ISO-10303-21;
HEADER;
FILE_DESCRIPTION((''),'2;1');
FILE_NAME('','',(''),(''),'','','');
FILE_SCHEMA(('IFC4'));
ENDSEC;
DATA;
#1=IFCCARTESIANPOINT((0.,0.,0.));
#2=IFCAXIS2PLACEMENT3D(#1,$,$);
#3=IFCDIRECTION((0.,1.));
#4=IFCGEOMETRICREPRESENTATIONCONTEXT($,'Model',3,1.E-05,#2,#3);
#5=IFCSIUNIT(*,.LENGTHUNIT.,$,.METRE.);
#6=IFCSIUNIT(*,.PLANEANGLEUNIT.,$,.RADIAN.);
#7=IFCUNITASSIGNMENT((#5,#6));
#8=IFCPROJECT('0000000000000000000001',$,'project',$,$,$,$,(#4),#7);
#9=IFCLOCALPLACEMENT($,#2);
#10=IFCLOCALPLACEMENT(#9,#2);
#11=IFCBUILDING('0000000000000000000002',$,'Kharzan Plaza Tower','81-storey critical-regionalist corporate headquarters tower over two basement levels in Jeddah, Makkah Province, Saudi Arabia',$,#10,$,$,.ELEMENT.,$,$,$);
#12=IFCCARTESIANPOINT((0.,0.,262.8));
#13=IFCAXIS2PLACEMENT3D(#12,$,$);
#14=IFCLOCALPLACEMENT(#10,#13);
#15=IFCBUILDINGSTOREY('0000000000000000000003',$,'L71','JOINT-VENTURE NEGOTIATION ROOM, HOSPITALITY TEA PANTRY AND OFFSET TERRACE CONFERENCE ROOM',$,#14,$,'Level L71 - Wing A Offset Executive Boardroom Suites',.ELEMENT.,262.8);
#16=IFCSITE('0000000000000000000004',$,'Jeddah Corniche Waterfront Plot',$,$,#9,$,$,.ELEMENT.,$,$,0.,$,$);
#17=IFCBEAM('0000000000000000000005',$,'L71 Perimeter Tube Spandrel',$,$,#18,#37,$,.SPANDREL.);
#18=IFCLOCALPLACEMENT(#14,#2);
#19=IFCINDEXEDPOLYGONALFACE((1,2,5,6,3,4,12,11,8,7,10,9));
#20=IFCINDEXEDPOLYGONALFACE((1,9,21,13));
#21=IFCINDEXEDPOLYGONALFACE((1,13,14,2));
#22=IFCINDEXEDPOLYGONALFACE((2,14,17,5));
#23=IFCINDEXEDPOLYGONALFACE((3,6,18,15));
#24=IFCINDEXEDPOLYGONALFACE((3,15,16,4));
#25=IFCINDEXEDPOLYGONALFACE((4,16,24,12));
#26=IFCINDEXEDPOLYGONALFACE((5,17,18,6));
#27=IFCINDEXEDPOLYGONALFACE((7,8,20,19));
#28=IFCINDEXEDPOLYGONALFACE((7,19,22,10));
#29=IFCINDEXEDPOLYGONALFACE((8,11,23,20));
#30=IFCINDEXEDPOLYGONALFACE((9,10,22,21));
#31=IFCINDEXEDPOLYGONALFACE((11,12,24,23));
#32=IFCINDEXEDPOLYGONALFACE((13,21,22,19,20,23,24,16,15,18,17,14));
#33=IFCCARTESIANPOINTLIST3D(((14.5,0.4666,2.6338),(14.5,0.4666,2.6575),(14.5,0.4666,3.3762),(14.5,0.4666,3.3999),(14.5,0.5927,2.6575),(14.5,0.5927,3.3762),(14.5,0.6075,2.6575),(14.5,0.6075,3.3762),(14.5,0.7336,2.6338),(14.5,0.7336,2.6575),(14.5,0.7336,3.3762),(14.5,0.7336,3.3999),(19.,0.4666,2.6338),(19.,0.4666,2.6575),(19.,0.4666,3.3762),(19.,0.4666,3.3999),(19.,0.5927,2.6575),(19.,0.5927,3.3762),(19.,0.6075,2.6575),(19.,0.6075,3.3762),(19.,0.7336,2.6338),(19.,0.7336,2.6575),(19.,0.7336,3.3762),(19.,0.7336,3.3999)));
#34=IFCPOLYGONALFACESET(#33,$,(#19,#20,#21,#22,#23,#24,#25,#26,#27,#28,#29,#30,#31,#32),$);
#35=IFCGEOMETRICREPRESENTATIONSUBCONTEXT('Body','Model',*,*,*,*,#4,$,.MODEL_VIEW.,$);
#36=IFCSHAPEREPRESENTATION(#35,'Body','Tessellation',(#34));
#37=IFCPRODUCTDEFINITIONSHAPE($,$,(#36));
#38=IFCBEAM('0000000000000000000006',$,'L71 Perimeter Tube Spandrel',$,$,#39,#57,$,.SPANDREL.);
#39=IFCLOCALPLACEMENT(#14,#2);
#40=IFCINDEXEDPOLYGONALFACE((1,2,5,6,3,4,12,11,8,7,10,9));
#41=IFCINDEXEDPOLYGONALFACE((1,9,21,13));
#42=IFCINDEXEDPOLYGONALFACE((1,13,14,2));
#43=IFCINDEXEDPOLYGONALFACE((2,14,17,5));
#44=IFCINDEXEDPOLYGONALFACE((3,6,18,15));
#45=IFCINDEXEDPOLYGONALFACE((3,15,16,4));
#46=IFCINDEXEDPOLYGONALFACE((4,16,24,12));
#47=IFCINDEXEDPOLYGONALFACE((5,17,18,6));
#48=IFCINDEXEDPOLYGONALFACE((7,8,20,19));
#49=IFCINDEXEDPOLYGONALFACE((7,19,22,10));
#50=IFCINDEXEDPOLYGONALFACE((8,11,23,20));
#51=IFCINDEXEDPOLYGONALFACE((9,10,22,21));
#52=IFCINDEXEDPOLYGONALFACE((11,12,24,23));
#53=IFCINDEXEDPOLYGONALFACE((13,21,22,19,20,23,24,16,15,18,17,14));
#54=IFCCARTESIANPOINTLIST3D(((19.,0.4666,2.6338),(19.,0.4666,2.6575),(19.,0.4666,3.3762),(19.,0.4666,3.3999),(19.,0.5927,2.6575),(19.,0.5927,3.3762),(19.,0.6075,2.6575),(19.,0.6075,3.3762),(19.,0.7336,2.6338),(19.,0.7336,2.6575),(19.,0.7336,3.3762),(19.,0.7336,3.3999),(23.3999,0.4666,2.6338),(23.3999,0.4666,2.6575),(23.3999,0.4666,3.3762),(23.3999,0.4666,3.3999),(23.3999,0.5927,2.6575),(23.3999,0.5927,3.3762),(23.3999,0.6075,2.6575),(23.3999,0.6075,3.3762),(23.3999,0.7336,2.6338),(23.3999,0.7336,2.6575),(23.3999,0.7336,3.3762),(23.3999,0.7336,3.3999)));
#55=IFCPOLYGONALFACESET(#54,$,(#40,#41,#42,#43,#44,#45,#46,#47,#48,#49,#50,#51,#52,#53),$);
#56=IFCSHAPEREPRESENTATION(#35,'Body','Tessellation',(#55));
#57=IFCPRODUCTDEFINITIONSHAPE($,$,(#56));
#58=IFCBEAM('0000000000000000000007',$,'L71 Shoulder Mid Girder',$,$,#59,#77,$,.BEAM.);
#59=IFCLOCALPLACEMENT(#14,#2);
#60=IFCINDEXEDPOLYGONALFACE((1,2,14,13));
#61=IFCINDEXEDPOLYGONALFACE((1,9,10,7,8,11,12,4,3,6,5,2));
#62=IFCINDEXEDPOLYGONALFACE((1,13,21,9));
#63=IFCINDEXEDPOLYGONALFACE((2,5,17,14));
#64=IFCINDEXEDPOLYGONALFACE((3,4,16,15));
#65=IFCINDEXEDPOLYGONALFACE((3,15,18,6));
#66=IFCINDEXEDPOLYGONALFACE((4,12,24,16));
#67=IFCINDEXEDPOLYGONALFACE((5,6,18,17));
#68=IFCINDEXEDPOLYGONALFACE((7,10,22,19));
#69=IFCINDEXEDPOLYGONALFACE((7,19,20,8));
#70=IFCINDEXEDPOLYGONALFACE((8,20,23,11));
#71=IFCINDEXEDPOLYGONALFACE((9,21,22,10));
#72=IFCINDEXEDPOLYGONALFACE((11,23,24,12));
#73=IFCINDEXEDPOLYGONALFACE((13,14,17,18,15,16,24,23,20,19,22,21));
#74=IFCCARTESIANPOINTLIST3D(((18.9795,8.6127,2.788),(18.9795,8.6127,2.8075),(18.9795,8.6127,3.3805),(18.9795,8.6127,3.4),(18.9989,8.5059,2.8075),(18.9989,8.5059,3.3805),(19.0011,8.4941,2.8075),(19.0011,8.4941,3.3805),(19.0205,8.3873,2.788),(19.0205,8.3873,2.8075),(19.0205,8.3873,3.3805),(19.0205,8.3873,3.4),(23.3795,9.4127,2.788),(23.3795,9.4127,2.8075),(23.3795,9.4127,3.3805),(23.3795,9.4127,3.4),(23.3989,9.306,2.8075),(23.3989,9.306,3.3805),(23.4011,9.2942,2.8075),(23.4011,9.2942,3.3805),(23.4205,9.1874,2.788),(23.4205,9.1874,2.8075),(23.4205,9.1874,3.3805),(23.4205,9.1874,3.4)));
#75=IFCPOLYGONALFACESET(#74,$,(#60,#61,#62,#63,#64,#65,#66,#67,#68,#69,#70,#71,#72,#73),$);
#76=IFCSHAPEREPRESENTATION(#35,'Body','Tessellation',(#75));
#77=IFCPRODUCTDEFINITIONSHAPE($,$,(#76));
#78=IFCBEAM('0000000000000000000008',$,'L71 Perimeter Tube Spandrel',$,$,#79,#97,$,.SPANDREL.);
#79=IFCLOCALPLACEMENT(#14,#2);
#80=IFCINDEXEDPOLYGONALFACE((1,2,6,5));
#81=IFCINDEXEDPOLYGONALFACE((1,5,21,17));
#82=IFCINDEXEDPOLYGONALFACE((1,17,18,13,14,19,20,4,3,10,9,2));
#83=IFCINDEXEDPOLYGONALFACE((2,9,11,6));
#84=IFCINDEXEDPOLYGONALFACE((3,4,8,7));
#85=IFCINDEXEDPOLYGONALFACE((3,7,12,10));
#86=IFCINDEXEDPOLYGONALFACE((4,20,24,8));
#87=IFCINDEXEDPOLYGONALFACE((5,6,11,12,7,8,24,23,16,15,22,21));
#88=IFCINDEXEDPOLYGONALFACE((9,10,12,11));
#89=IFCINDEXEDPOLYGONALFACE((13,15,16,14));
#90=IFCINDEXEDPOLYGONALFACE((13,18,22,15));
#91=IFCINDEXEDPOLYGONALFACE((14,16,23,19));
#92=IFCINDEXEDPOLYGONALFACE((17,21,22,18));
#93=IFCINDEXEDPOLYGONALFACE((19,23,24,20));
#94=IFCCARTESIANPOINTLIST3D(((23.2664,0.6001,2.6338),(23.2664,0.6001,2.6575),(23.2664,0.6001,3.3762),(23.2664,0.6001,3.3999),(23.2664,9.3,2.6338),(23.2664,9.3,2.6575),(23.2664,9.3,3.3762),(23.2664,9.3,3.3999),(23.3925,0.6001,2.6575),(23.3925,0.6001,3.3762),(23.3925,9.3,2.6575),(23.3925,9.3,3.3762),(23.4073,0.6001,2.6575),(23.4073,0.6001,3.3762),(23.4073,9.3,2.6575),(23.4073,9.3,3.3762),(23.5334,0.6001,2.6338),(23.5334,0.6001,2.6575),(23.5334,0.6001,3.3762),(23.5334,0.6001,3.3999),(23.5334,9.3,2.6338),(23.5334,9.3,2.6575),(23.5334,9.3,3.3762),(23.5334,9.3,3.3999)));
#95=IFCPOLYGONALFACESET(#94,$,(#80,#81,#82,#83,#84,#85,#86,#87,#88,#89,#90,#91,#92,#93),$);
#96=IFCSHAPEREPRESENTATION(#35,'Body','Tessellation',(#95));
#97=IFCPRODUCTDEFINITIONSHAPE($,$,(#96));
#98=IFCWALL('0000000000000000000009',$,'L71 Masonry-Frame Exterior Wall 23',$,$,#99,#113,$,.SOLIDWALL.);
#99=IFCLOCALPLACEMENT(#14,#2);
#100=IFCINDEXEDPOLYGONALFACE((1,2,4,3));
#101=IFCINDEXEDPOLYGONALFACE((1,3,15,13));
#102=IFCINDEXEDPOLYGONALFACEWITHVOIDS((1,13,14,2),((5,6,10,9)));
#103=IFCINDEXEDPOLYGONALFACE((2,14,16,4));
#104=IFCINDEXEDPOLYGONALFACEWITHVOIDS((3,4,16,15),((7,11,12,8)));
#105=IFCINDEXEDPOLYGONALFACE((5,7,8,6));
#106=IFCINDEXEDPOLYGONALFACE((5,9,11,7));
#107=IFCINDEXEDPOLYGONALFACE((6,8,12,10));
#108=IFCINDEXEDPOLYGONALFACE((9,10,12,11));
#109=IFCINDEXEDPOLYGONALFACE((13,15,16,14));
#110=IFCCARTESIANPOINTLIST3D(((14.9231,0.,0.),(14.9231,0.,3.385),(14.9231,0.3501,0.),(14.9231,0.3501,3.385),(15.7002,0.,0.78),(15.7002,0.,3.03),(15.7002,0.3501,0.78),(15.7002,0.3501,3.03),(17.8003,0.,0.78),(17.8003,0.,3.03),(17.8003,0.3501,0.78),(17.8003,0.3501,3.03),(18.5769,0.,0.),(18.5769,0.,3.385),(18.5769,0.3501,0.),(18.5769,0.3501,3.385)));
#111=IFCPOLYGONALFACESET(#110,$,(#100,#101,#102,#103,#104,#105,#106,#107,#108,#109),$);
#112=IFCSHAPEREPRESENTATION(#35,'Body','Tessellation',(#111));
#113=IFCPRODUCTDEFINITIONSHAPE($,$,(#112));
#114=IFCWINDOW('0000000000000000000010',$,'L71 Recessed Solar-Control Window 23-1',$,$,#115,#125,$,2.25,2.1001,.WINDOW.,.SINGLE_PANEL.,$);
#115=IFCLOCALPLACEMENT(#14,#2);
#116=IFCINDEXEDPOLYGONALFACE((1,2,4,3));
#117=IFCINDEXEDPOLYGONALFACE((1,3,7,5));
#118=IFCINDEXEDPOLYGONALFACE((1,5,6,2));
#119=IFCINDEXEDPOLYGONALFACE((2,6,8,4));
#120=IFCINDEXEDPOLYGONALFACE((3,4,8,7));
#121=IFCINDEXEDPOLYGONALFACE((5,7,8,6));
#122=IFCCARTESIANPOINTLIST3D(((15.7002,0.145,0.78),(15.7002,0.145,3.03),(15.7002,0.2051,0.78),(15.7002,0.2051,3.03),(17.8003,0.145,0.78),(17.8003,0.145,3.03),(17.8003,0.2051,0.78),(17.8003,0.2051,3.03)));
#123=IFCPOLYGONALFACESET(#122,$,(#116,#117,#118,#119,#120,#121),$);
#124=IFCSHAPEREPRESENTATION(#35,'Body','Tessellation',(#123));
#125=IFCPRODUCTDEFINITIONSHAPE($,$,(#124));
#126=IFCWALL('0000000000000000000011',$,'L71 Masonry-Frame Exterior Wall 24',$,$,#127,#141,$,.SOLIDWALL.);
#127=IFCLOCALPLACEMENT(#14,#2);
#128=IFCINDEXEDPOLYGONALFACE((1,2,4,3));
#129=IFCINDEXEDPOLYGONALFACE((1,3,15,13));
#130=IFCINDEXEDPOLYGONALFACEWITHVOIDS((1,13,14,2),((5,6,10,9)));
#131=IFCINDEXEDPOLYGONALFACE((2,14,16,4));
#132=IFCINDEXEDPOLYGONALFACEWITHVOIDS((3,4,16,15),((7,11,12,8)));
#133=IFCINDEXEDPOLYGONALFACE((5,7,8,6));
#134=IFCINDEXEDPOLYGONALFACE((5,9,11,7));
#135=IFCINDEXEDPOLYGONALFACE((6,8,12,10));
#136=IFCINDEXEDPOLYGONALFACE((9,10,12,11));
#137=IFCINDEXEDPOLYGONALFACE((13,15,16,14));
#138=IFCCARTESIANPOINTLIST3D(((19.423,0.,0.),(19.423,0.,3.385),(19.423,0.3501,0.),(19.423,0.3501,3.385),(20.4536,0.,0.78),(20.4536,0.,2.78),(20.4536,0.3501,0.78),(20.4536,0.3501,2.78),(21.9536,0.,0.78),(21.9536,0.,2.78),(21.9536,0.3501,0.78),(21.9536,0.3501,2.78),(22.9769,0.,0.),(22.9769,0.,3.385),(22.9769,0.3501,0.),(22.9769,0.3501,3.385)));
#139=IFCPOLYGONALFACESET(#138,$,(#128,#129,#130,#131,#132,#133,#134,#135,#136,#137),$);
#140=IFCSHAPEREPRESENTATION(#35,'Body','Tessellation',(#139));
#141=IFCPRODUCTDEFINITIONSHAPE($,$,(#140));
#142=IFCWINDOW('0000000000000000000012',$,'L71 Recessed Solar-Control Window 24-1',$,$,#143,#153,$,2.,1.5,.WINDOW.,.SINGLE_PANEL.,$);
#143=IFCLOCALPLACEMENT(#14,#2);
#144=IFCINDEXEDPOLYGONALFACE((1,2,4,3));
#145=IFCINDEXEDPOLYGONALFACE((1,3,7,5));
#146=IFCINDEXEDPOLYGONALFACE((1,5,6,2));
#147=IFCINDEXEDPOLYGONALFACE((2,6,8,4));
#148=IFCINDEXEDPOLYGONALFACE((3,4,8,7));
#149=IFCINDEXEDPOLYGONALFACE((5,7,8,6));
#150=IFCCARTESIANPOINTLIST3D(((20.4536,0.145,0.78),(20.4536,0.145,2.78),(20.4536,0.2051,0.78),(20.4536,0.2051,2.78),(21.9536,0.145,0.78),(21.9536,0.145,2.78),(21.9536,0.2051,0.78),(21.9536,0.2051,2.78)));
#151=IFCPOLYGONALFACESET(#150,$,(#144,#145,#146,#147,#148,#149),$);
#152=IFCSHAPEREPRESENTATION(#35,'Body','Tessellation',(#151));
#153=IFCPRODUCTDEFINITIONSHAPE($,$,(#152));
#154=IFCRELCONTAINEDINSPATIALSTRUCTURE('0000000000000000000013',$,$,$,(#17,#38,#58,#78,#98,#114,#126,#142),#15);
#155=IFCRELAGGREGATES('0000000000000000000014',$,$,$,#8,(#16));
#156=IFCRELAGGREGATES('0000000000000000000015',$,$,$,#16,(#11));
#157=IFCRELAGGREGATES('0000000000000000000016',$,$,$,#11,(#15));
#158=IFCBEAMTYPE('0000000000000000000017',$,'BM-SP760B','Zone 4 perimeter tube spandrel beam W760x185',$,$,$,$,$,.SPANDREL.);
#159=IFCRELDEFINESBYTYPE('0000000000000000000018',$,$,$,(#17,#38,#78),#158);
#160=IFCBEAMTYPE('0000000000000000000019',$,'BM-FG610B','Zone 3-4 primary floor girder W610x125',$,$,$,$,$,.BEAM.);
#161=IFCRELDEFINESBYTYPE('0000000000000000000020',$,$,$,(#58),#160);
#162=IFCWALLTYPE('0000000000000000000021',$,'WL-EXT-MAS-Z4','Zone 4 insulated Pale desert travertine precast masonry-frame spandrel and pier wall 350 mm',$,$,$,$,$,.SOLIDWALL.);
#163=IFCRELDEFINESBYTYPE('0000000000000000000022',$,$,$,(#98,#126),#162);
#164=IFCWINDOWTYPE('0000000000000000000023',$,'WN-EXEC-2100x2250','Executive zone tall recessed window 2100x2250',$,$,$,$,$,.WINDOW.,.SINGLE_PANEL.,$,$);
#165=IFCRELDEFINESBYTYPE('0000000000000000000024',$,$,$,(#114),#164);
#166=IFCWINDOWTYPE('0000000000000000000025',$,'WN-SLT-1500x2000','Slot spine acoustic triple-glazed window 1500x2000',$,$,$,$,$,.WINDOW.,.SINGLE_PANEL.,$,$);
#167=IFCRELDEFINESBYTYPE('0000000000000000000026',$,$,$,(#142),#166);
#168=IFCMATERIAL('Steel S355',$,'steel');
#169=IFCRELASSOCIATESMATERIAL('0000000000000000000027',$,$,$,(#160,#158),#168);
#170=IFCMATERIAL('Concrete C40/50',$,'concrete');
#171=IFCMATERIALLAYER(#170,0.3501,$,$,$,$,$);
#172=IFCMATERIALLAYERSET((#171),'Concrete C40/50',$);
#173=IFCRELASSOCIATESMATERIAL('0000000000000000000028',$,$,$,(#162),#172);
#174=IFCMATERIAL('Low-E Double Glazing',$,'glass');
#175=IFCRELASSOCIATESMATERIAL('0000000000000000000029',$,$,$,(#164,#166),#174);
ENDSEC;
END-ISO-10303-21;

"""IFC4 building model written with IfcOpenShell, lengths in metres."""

from ifc_helpers import new_model, si_unit, direction, frame, frame_2d, origin, origin_2d, place, context, subcontext, project, spatial, rectangle, i_section, extrude, source, transform, mapped, material, layer, layer_set, material_profile, profile_set, type_object, element, fill, save


model = new_model("IFC4")

# Units and contexts
model_context = context("Model", 3, precision=1e-05, world=origin(), true_north=direction((0.0, 1.0)))
body_context = subcontext(model_context, "Body", "Model", "MODEL_VIEW")
ifc_project = project(units=[si_unit("LENGTHUNIT", "METRE"), si_unit("PLANEANGLEUNIT", "RADIAN")], contexts=[model_context])

# Site, building, storey
site_placement = place(None, origin())
site = spatial("IfcSite", under=ifc_project, at=site_placement, Name="Jeddah Corniche Waterfront Plot", CompositionType="ELEMENT", RefElevation=0.0)
building_placement = place(site_placement, origin())
building = spatial("IfcBuilding", under=site, at=building_placement, Name="Kharzan Plaza Tower", Description="81-storey critical-regionalist corporate headquarters tower over two basement levels in Jeddah, Makkah Province, Saudi Arabia", CompositionType="ELEMENT")
storey_placement = place(building_placement, frame((0.0, 0.0, 262.8)))
storey = spatial("IfcBuildingStorey", under=building, at=storey_placement, Name="L71", Description="JOINT-VENTURE NEGOTIATION ROOM, HOSPITALITY TEA PANTRY AND OFFSET TERRACE CONFERENCE ROOM", LongName="Level L71 - Wing A Offset Executive Boardroom Suites", CompositionType="ELEMENT", Elevation=262.8)

# Beams
ifc_material_1 = material(Name="Steel S355", Category="steel")
ifc_material_profile_1 = material_profile(ifc_material_1, i_section(OverallWidth=0.229, OverallDepth=0.6121, WebThickness=0.012, FlangeThickness=0.0195, at=origin_2d()), Name="W610x125")
ifc_profile_set_1 = profile_set([ifc_material_profile_1], Name="Steel S355")
beam_type_1 = type_object("IfcBeamType", Name="BM-FG610B", Description="Zone 3-4 primary floor girder W610x125", PredefinedType="BEAM", material=ifc_profile_set_1)
ifc_material_profile_2 = material_profile(ifc_material_1, i_section(OverallWidth=0.2671, OverallDepth=0.7661, WebThickness=0.0149, FlangeThickness=0.0237, at=origin_2d()), Name="W760x185")
ifc_profile_set_2 = profile_set([ifc_material_profile_2], Name="Steel S355")
beam_type_2 = type_object("IfcBeamType", Name="BM-SP760B", Description="Zone 4 perimeter tube spandrel beam W760x185", PredefinedType="SPANDREL", material=ifc_profile_set_2)
shared_shape_1 = source(origin(), body_context, "Body", "SweptSolid", [
    extrude(i_section(OverallWidth=0.2671, OverallDepth=0.7661, WebThickness=0.0149, FlangeThickness=0.0237, at=origin_2d()), origin(), (0.0, 0.0, 1.0), 4.5),
])
beam_1_placement = place(storey_placement, frame((14.5, 0.6001, 3.0168), z_axis=(1.0, 0.0, 0.0), x_axis=(0.0, 1.0, 0.0)))
element("IfcBeam", 1, at=beam_1_placement, inside=storey, type_object=beam_type_2, Name="L71 Perimeter Tube Spandrel", PredefinedType="SPANDREL", context=body_context, shape_type="MappedRepresentation", body=[
    mapped(shared_shape_1, transform((0.0, 0.0, 0.0), x_axis=(1.0, 0.0, 0.0), y_axis=(0.0, 1.0, 0.0), z_axis=(0.0, 0.0, 1.0))),
])
shared_shape_2 = source(origin(), body_context, "Body", "SweptSolid", [
    extrude(i_section(OverallWidth=0.2671, OverallDepth=0.7661, WebThickness=0.0149, FlangeThickness=0.0237, at=origin_2d()), origin(), (0.0, 0.0, 1.0), 4.3999),
])
beam_2_placement = place(storey_placement, frame((19.0, 0.6001, 3.0168), z_axis=(1.0, 0.0, 0.0), x_axis=(0.0, 1.0, 0.0)))
element("IfcBeam", 2, at=beam_2_placement, inside=storey, type_object=beam_type_2, Name="L71 Perimeter Tube Spandrel", PredefinedType="SPANDREL", context=body_context, shape_type="MappedRepresentation", body=[
    mapped(shared_shape_2, transform((0.0, 0.0, 0.0), x_axis=(1.0, 0.0, 0.0), y_axis=(0.0, 1.0, 0.0), z_axis=(0.0, 0.0, 1.0))),
])
shared_shape_3 = source(origin(), body_context, "Body", "SweptSolid", [
    extrude(i_section(OverallWidth=0.229, OverallDepth=0.6121, WebThickness=0.012, FlangeThickness=0.0195, at=origin_2d()), origin(), (0.0, 0.0, 1.0), 4.4722),
])
beam_3_placement = place(storey_placement, frame((19.0, 8.5, 3.094), z_axis=(0.983867, 0.1789, 0.0), x_axis=(-0.1789, 0.983867, 0.0)))
element("IfcBeam", 3, at=beam_3_placement, inside=storey, type_object=beam_type_1, Name="L71 Shoulder Mid Girder", PredefinedType="BEAM", context=body_context, shape_type="MappedRepresentation", body=[
    mapped(shared_shape_3, transform((0.0, 0.0, 0.0), x_axis=(1.0, 0.0, 0.0), y_axis=(0.0, 1.0, 0.0), z_axis=(0.0, 0.0, 1.0))),
])
shared_shape_4 = source(origin(), body_context, "Body", "SweptSolid", [
    extrude(i_section(OverallWidth=0.2671, OverallDepth=0.7661, WebThickness=0.0149, FlangeThickness=0.0237, at=origin_2d()), origin(), (0.0, 0.0, 1.0), 8.7),
])
beam_4_placement = place(storey_placement, frame((23.3999, 0.6001, 3.0168), z_axis=(0.0, 1.0, 0.0), x_axis=(-1.0, 0.0, 0.0)))
element("IfcBeam", 4, at=beam_4_placement, inside=storey, type_object=beam_type_2, Name="L71 Perimeter Tube Spandrel", PredefinedType="SPANDREL", context=body_context, shape_type="MappedRepresentation", body=[
    mapped(shared_shape_4, transform((0.0, 0.0, 0.0), x_axis=(1.0, 0.0, 0.0), y_axis=(0.0, 1.0, 0.0), z_axis=(0.0, 0.0, 1.0))),
])

# Walls, openings, windows
ifc_material_2 = material(Name="Concrete C40/50", Category="concrete")
ifc_layer_1 = layer(ifc_material_2, 0.3501)
ifc_layer_set_1 = layer_set([ifc_layer_1], Name="Concrete C40/50")
wall_type_1 = type_object("IfcWallType", Name="WL-EXT-MAS-Z4", Description="Zone 4 insulated Pale desert travertine precast masonry-frame spandrel and pier wall 350 mm", PredefinedType="SOLIDWALL", material=ifc_layer_set_1)
wall_1_placement = place(storey_placement, frame((14.9231, 0.175, 0.0), z_axis=(0.0, 0.0, 1.0), x_axis=(1.0, 0.0, 0.0)))
wall_1 = element("IfcWall", 5, at=wall_1_placement, inside=storey, type_object=wall_type_1, Name="L71 Masonry-Frame Exterior Wall 23", PredefinedType="SOLIDWALL", context=body_context, shape_type="SweptSolid", body=[
    extrude(rectangle(XDim=3.6538, YDim=0.3501, at=frame_2d((1.8269, 0.0))), origin(), (0.0, 0.0, 1.0), 3.385),
])
opening_1_placement = place(wall_1_placement, frame((0.7771, 0.0, 0.78)))
opening_1 = element("IfcOpeningElement", 6, at=opening_1_placement, cuts=wall_1, PredefinedType="OPENING", context=body_context, shape_type="SweptSolid", body=[
    extrude(rectangle(XDim=2.1001, YDim=2.25, at=frame_2d((1.05, 1.125))), frame((0.0, 0.1851, 0.0), z_axis=(0.0, -1.0, 0.0), x_axis=(1.0, 0.0, 0.0)), (0.0, 0.0, 1.0), 0.3701),
])
ifc_material_3 = material(Name="Low-E Double Glazing", Category="glass")
window_type_1 = type_object("IfcWindowType", Name="WN-EXEC-2100x2250", Description="Executive zone tall recessed window 2100x2250", PartitioningType="SINGLE_PANEL", PredefinedType="WINDOW", material=ifc_material_3)
shared_shape_5 = source(origin(), body_context, "Body", "SweptSolid", [
    extrude(rectangle(XDim=2.1001, YDim=2.25, at=frame_2d((1.05, 1.125))), frame((0.0, 0.03, 0.0), z_axis=(0.0, -1.0, 0.0), x_axis=(1.0, 0.0, 0.0)), (0.0, 0.0, 1.0), 0.0601),
])
window_1_placement = place(opening_1_placement, origin())
window_1 = element("IfcWindow", 7, at=window_1_placement, inside=storey, type_object=window_type_1, Name="L71 Recessed Solar-Control Window 23-1", OverallHeight=2.25, OverallWidth=2.1001, PartitioningType="SINGLE_PANEL", PredefinedType="WINDOW", context=body_context, shape_type="MappedRepresentation", body=[
    mapped(shared_shape_5, transform((0.0, 0.0, 0.0), x_axis=(1.0, 0.0, 0.0), y_axis=(0.0, 1.0, 0.0), z_axis=(0.0, 0.0, 1.0))),
])
fill(opening_1, window_1)
wall_2_placement = place(storey_placement, frame((19.4231, 0.175, 0.0), z_axis=(0.0, 0.0, 1.0), x_axis=(1.0, 0.0, 0.0)))
wall_2 = element("IfcWall", 8, at=wall_2_placement, inside=storey, type_object=wall_type_1, Name="L71 Masonry-Frame Exterior Wall 24", PredefinedType="SOLIDWALL", context=body_context, shape_type="SweptSolid", body=[
    extrude(rectangle(XDim=3.554, YDim=0.3501, at=frame_2d((1.7769, 0.0))), origin(), (0.0, 0.0, 1.0), 3.385),
])
opening_2_placement = place(wall_2_placement, frame((1.0305, 0.0, 0.78)))
opening_2 = element("IfcOpeningElement", 9, at=opening_2_placement, cuts=wall_2, PredefinedType="OPENING", context=body_context, shape_type="SweptSolid", body=[
    extrude(rectangle(XDim=1.5, YDim=2.0, at=frame_2d((0.75, 1.0))), frame((0.0, 0.1851, 0.0), z_axis=(0.0, -1.0, 0.0), x_axis=(1.0, 0.0, 0.0)), (0.0, 0.0, 1.0), 0.3701),
])
window_type_2 = type_object("IfcWindowType", Name="WN-SLT-1500x2000", Description="Slot spine acoustic triple-glazed window 1500x2000", PartitioningType="SINGLE_PANEL", PredefinedType="WINDOW", material=ifc_material_3)
shared_shape_6 = source(origin(), body_context, "Body", "SweptSolid", [
    extrude(rectangle(XDim=1.5, YDim=2.0, at=frame_2d((0.75, 1.0))), frame((0.0, 0.03, 0.0), z_axis=(0.0, -1.0, 0.0), x_axis=(1.0, 0.0, 0.0)), (0.0, 0.0, 1.0), 0.0601),
])
window_2_placement = place(opening_2_placement, origin())
window_2 = element("IfcWindow", 10, at=window_2_placement, inside=storey, type_object=window_type_2, Name="L71 Recessed Solar-Control Window 24-1", OverallHeight=2.0, OverallWidth=1.5, PartitioningType="SINGLE_PANEL", PredefinedType="WINDOW", context=body_context, shape_type="MappedRepresentation", body=[
    mapped(shared_shape_6, transform((0.0, 0.0, 0.0), x_axis=(1.0, 0.0, 0.0), y_axis=(0.0, 1.0, 0.0), z_axis=(0.0, 0.0, 1.0))),
])
fill(opening_2, window_2)

save(model, "model.ifc")
